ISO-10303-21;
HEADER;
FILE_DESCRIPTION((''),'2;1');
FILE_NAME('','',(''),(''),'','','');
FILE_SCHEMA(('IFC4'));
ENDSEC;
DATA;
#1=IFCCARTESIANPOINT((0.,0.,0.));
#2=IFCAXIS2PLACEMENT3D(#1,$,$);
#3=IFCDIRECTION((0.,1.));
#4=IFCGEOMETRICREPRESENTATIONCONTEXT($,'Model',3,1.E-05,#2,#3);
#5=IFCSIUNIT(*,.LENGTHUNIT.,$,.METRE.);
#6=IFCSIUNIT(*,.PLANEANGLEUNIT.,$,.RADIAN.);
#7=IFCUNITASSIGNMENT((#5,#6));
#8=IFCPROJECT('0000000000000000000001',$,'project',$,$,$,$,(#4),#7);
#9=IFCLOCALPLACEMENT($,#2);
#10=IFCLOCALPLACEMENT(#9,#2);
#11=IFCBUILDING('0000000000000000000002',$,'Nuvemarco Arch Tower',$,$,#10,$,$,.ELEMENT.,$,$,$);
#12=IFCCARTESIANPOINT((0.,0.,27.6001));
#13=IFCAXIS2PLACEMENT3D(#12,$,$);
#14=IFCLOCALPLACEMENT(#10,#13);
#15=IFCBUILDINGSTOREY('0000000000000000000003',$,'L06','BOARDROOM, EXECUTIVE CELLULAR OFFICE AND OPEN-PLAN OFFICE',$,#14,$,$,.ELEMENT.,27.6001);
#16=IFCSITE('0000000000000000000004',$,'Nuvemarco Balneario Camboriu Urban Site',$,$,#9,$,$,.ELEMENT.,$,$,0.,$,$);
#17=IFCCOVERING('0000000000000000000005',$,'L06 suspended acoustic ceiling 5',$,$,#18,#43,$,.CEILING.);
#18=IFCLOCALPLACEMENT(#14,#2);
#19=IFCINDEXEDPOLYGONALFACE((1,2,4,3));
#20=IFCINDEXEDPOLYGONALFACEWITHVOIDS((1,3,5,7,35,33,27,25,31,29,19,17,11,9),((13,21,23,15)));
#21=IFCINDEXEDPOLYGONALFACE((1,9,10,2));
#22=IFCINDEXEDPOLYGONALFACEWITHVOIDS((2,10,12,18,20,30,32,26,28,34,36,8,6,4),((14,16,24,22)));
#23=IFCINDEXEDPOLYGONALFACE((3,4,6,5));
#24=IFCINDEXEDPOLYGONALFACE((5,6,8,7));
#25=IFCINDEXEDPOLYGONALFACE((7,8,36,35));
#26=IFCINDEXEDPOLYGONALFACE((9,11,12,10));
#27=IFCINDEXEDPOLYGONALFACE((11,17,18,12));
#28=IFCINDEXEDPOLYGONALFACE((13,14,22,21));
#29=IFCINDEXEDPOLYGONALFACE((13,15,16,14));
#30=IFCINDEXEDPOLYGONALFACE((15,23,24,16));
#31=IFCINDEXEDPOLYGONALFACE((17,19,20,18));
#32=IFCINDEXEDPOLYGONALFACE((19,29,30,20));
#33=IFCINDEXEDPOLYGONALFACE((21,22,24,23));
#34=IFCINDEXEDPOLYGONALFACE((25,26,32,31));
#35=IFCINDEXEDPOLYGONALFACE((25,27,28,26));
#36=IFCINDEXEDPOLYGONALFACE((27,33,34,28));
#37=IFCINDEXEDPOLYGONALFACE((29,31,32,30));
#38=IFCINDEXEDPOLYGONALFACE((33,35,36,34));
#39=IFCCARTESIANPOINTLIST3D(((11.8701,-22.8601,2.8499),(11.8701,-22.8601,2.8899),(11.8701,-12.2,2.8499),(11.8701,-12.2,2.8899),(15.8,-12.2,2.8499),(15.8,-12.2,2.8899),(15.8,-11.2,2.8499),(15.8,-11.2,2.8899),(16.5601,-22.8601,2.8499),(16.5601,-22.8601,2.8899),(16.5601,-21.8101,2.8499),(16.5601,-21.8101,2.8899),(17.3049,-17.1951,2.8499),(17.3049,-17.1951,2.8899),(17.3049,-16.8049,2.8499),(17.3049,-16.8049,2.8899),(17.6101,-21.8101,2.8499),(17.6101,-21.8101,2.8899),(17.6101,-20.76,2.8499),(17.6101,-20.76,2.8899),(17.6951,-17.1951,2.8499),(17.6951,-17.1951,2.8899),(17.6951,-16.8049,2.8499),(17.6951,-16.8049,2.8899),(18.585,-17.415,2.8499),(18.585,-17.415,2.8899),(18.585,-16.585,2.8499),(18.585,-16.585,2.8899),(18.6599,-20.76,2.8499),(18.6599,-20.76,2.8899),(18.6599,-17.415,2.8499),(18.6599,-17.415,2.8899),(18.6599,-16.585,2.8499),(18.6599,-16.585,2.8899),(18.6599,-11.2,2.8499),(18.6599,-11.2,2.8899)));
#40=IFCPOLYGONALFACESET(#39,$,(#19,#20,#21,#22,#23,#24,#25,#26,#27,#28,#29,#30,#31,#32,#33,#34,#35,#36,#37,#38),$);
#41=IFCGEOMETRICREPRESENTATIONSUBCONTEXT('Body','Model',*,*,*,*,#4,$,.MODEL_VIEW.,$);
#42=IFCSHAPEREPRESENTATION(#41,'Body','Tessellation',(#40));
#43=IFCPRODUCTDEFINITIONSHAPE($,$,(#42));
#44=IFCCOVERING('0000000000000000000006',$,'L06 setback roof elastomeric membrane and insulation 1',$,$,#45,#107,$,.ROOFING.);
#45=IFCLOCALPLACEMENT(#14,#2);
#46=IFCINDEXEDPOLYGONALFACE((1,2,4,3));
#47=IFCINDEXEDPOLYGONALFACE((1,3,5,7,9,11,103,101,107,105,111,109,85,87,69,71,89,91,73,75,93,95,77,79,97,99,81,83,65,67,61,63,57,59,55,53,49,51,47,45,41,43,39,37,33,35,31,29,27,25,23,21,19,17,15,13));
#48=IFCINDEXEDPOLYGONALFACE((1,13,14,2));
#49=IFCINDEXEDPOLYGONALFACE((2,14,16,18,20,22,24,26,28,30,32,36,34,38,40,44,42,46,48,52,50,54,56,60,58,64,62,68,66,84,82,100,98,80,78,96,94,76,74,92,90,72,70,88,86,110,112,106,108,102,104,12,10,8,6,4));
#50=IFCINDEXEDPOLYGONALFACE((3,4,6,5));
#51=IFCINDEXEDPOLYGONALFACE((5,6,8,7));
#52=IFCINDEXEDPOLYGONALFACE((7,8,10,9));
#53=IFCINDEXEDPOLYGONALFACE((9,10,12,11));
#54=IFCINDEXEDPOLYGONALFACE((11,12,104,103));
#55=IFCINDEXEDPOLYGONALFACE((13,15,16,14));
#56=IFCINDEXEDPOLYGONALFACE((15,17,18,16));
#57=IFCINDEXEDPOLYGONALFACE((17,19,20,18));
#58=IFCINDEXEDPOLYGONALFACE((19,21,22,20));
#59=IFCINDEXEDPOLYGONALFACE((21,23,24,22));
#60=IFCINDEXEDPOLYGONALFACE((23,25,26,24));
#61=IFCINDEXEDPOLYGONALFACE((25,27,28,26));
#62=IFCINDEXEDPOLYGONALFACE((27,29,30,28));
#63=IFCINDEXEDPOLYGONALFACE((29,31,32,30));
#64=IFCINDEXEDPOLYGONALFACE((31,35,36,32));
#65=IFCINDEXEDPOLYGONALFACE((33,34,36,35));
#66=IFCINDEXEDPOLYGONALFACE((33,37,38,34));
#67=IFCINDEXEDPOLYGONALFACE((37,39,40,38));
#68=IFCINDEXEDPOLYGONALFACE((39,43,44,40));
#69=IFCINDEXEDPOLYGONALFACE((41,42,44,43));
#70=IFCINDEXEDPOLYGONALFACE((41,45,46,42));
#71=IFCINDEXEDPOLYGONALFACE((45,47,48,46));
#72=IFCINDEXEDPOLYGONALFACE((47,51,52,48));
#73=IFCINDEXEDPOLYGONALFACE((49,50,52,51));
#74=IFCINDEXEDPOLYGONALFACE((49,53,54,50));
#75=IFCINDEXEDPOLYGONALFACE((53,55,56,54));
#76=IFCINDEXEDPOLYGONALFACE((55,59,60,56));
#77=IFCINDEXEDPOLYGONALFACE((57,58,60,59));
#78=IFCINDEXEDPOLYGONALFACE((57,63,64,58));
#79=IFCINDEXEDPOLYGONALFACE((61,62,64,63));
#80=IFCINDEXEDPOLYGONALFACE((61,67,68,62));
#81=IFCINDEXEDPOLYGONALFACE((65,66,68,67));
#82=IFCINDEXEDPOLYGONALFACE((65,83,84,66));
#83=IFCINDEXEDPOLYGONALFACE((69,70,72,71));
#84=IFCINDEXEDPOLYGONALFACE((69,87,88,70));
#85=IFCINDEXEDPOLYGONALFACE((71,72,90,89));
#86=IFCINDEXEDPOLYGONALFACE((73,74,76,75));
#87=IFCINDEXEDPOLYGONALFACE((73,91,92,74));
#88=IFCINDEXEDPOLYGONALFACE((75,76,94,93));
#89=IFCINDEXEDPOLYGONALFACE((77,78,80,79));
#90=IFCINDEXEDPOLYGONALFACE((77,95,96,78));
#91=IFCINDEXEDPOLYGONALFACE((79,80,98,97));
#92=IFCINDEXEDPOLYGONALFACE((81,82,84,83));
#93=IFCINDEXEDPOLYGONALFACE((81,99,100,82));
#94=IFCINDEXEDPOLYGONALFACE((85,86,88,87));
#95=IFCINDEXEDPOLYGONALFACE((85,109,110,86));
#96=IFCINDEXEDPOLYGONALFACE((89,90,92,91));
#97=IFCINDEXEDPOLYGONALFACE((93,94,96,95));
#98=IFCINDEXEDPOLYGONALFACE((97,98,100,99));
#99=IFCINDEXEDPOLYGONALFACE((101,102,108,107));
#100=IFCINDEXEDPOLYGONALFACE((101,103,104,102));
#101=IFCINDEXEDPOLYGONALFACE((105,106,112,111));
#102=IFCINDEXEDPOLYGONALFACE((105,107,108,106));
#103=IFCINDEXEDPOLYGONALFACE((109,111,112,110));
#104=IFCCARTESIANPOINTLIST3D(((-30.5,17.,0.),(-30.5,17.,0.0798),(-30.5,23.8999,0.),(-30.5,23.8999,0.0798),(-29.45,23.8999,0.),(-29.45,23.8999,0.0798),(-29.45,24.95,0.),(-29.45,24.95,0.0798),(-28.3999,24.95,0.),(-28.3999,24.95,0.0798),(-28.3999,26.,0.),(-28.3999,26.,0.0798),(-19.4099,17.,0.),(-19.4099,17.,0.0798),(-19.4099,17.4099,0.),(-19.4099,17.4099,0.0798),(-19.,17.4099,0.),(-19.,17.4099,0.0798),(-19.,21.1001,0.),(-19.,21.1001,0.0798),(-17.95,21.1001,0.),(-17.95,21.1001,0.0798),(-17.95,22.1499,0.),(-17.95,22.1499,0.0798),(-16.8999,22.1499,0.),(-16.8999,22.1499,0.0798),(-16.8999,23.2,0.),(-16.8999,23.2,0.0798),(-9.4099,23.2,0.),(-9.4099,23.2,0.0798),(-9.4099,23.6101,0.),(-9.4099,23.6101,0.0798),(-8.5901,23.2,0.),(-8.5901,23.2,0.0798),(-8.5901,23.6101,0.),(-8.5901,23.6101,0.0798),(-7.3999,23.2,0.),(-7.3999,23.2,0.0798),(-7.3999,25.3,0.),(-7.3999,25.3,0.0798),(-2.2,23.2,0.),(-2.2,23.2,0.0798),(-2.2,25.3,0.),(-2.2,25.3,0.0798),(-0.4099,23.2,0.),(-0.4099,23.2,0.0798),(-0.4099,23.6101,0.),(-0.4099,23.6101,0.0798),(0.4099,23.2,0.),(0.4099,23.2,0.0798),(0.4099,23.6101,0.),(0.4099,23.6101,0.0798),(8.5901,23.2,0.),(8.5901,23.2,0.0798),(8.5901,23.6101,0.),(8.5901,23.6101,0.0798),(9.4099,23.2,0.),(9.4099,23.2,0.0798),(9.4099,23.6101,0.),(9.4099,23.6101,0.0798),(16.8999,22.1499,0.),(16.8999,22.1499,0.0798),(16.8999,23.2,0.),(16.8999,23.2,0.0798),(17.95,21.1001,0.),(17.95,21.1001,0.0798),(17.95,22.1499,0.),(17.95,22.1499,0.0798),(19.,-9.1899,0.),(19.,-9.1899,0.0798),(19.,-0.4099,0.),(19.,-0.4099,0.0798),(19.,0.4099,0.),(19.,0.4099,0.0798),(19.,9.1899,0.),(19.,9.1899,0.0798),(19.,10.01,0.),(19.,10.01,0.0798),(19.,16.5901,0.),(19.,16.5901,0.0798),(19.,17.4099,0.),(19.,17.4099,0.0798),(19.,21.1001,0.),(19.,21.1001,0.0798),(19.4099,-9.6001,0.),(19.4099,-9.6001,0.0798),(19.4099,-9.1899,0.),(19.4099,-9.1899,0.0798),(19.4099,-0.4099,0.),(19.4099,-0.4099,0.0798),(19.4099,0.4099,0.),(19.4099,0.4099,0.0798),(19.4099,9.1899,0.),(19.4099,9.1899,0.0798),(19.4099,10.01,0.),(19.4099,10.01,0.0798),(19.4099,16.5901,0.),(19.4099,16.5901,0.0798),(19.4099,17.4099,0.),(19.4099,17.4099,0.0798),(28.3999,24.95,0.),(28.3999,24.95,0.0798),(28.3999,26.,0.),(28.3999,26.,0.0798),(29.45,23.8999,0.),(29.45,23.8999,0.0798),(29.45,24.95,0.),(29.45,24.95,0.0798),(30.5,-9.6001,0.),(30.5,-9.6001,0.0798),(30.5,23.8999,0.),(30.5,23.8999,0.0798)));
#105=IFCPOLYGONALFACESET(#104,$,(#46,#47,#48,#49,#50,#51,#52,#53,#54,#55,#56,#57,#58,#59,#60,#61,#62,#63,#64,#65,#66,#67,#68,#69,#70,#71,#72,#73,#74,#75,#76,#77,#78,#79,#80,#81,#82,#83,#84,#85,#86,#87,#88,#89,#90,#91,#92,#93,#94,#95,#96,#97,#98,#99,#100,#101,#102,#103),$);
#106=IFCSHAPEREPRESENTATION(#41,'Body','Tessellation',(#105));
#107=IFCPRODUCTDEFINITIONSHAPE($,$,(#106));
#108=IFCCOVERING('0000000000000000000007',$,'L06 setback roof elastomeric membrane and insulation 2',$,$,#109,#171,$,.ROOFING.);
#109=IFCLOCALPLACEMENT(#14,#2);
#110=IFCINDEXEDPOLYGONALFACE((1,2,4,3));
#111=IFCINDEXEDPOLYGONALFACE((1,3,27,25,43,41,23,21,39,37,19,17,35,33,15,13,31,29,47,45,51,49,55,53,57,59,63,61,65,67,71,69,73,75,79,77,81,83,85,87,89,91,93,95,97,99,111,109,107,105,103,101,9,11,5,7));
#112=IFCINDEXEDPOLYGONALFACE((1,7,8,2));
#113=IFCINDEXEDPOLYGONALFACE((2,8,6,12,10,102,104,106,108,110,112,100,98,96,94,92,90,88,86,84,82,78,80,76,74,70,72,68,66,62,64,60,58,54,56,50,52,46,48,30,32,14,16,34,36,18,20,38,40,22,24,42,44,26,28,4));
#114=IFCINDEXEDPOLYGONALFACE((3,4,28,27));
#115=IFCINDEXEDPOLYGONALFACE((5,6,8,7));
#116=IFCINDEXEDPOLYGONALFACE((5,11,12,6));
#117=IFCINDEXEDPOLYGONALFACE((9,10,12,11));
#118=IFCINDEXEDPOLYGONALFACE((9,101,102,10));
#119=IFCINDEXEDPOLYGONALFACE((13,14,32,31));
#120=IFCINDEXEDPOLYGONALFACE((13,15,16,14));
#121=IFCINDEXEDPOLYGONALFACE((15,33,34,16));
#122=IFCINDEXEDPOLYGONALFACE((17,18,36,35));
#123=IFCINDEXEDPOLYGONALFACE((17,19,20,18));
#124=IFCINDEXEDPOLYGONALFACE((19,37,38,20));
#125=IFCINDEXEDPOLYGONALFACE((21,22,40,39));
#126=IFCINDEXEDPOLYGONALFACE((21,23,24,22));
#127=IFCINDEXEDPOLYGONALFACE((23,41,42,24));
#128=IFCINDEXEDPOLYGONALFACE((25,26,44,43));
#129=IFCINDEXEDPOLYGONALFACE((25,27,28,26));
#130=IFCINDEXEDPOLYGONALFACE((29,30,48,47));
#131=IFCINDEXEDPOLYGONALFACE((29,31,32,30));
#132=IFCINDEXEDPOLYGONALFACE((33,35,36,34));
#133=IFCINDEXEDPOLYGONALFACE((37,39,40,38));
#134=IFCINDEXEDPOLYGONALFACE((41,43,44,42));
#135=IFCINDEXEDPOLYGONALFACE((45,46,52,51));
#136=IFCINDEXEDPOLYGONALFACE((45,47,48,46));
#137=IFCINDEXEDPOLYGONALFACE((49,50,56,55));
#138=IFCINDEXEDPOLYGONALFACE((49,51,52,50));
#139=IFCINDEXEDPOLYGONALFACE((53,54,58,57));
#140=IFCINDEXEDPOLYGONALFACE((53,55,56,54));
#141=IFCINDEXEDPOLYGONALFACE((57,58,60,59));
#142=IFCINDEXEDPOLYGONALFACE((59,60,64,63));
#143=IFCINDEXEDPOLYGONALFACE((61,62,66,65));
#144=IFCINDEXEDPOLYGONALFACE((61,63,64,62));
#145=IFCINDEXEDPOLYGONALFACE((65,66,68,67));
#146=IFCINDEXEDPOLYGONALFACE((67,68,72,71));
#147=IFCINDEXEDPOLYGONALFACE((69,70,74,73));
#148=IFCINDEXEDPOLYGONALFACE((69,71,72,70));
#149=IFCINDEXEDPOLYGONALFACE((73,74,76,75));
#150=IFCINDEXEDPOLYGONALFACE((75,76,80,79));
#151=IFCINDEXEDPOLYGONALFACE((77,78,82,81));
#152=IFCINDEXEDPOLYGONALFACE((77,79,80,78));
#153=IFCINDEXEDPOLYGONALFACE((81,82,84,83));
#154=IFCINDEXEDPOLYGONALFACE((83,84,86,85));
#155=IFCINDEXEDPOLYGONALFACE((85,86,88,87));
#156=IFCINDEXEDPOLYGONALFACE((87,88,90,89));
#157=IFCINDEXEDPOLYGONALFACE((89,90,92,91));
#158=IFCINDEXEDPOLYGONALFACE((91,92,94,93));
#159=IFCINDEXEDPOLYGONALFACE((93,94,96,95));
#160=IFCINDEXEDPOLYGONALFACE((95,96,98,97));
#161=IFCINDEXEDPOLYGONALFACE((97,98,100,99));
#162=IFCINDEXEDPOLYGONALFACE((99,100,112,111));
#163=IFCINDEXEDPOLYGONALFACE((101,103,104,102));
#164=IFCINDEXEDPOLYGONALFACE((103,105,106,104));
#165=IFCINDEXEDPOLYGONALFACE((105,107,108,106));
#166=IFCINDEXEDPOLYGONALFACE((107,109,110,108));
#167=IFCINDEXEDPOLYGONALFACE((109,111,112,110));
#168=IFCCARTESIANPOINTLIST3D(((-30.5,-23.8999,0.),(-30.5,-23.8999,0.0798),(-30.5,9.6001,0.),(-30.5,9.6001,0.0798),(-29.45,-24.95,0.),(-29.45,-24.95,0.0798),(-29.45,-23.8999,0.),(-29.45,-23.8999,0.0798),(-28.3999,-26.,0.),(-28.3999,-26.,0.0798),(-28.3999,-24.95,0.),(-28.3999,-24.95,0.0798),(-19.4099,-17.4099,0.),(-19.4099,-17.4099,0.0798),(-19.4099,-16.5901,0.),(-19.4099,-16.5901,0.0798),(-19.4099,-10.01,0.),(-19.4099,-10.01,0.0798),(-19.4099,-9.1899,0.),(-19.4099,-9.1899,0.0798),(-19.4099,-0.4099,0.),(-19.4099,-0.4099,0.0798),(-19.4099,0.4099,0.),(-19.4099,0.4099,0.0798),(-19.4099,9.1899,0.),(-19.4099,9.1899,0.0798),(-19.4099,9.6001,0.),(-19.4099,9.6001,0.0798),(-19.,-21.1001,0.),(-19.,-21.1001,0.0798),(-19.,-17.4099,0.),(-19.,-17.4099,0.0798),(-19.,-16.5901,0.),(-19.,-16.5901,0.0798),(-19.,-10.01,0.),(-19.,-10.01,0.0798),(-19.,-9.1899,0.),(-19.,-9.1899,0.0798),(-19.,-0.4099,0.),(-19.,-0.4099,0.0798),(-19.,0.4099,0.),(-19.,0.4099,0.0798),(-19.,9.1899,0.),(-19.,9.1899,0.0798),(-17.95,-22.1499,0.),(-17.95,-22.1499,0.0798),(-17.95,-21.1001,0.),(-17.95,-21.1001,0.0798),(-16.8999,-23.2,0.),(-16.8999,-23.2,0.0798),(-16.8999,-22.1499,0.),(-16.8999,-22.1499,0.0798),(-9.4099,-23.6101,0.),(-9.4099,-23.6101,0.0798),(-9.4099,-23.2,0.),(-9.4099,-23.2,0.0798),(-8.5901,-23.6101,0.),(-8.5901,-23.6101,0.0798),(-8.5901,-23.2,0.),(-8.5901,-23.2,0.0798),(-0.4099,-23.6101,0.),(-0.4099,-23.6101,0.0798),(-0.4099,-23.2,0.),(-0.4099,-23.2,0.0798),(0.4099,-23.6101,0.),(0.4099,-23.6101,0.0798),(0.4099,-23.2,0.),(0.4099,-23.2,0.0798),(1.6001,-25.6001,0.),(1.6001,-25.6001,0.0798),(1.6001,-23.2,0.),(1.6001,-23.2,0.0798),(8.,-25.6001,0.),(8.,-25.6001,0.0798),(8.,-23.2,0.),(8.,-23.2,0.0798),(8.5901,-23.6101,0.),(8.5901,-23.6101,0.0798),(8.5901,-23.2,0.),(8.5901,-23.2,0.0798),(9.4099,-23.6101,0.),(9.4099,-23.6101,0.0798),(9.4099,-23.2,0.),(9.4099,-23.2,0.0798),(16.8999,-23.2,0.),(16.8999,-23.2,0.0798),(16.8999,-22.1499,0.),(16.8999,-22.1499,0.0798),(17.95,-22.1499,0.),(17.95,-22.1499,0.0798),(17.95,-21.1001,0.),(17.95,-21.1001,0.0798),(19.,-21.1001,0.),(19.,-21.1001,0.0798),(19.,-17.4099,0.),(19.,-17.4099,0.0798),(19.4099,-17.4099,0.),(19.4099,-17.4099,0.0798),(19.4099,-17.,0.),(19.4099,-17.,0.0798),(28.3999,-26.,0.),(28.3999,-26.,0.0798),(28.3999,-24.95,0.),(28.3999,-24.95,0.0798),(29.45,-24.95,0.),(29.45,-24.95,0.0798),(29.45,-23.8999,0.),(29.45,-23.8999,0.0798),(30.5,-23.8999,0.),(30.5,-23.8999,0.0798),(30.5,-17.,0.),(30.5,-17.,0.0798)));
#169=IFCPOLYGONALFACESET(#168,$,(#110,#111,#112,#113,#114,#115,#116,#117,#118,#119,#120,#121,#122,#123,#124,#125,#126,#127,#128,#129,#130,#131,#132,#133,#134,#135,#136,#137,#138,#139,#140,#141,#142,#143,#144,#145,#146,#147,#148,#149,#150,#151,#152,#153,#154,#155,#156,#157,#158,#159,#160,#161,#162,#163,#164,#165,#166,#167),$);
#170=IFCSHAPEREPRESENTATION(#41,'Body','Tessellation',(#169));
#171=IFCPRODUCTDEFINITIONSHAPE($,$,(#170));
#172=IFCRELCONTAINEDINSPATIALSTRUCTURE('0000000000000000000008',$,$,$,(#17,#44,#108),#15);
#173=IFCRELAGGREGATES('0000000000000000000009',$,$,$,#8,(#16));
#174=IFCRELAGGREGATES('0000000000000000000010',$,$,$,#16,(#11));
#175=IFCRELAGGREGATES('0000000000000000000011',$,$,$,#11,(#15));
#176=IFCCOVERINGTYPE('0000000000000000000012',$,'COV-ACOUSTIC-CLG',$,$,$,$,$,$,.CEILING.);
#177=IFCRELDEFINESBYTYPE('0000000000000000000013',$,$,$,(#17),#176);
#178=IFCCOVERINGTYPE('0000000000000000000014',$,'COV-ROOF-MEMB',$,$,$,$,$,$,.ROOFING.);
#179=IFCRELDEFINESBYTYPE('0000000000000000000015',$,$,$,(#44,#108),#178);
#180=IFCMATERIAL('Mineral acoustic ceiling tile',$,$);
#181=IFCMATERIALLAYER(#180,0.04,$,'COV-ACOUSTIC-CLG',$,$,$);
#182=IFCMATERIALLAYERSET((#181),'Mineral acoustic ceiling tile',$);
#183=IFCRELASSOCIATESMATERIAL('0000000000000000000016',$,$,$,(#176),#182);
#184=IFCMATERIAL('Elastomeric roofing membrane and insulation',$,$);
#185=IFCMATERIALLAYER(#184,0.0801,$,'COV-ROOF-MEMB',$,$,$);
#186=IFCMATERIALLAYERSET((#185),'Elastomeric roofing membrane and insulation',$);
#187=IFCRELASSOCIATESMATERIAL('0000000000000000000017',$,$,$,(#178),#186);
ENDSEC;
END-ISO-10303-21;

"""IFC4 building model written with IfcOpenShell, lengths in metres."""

from ifc_helpers import new_model, si_unit, direction, frame, origin, place, context, subcontext, project, spatial, polyline, outline, extrude, material, layer, layer_set, type_object, element, save


model = new_model("IFC4")

# Units and contexts
model_context = context("Model", 3, precision=1e-05, world=origin(), true_north=direction((0.0, 1.0)))
body_context = subcontext(model_context, "Body", "Model", "MODEL_VIEW")
ifc_project = project(units=[si_unit("LENGTHUNIT", "METRE"), si_unit("PLANEANGLEUNIT", "RADIAN")], contexts=[model_context])

# Site, building, storey
site_placement = place(None, origin())
site = spatial("IfcSite", under=ifc_project, at=site_placement, Name="Nuvemarco Balneario Camboriu Urban Site", CompositionType="ELEMENT", RefElevation=0.0)
building_placement = place(site_placement, origin())
building = spatial("IfcBuilding", under=site, at=building_placement, Name="Nuvemarco Arch Tower", CompositionType="ELEMENT")
storey_placement = place(building_placement, frame((0.0, 0.0, 27.6001)))
storey = spatial("IfcBuildingStorey", under=building, at=storey_placement, Name="L06", Description="BOARDROOM, EXECUTIVE CELLULAR OFFICE AND OPEN-PLAN OFFICE", CompositionType="ELEMENT", Elevation=27.6001)

# Coverings
ifc_material_1 = material(Name="Mineral acoustic ceiling tile")
ifc_layer_1 = layer(ifc_material_1, 0.04, Name="COV-ACOUSTIC-CLG")
ifc_layer_set_1 = layer_set([ifc_layer_1], Name="Mineral acoustic ceiling tile")
covering_type_1 = type_object("IfcCoveringType", Name="COV-ACOUSTIC-CLG", PredefinedType="CEILING", material=ifc_layer_set_1)
covering_1_placement = place(storey_placement, frame((0.0, 0.0, 2.8499)))
element("IfcCovering", 1, at=covering_1_placement, inside=storey, type_object=covering_type_1, Name="L06 suspended acoustic ceiling 5", PredefinedType="CEILING", context=body_context, shape_type="SweptSolid", body=[
    extrude(outline(polyline([(16.5601, -22.8601), (11.8701, -22.8601), (11.8701, -12.2), (15.8, -12.2), (15.8, -11.2), (18.6599, -11.2), (18.6599, -16.585), (18.585, -16.585), (18.585, -17.415), (18.6599, -17.415), (18.6599, -20.76), (17.6101, -20.76), (17.6101, -21.8101), (16.5601, -21.8101), (16.5601, -22.8601)]), holes=[polyline([(17.6951, -17.1951), (17.6951, -16.8049), (17.3049, -16.8049), (17.3049, -17.1951), (17.6951, -17.1951)])]), origin(), (0.0, 0.0, 1.0), 0.04),
])
ifc_material_2 = material(Name="Elastomeric roofing membrane and insulation")
ifc_layer_2 = layer(ifc_material_2, 0.0801, Name="COV-ROOF-MEMB")
ifc_layer_set_2 = layer_set([ifc_layer_2], Name="Elastomeric roofing membrane and insulation")
covering_type_2 = type_object("IfcCoveringType", Name="COV-ROOF-MEMB", PredefinedType="ROOFING", material=ifc_layer_set_2)
covering_2_placement = place(storey_placement, origin())
element("IfcCovering", 2, at=covering_2_placement, inside=storey, type_object=covering_type_2, Name="L06 setback roof elastomeric membrane and insulation 1", PredefinedType="ROOFING", context=body_context, shape_type="SweptSolid", body=[
    extrude(outline(polyline([(-30.5, 23.8999), (-29.45, 23.8999), (-29.45, 24.95), (-28.3999, 24.95), (-28.3999, 26.0), (28.3999, 26.0), (28.3999, 24.95), (29.45, 24.95), (29.45, 23.8999), (30.5, 23.8999), (30.5, -9.6001), (19.4099, -9.6001), (19.4099, -9.1899), (19.0, -9.1899), (19.0, -0.4099), (19.4099, -0.4099), (19.4099, 0.4099), (19.0, 0.4099), (19.0, 9.1899), (19.4099, 9.1899), (19.4099, 10.01), (19.0, 10.01), (19.0, 16.5901), (19.4099, 16.5901), (19.4099, 17.4099), (19.0, 17.4099), (19.0, 21.1001), (17.95, 21.1001), (17.95, 22.1499), (16.8999, 22.1499), (16.8999, 23.2), (9.4099, 23.2), (9.4099, 23.6101), (8.5901, 23.6101), (8.5901, 23.2), (0.4099, 23.2), (0.4099, 23.6101), (-0.4099, 23.6101), (-0.4099, 23.2), (-2.2, 23.2), (-2.2, 25.3), (-7.3999, 25.3), (-7.3999, 23.2), (-8.5901, 23.2), (-8.5901, 23.6101), (-9.4099, 23.6101), (-9.4099, 23.2), (-16.8999, 23.2), (-16.8999, 22.1499), (-17.95, 22.1499), (-17.95, 21.1001), (-19.0, 21.1001), (-19.0, 17.4099), (-19.4099, 17.4099), (-19.4099, 17.0), (-30.5, 17.0), (-30.5, 23.8999)])), origin(), (0.0, 0.0, 1.0), 0.0798),
])
covering_3_placement = place(storey_placement, origin())
element("IfcCovering", 3, at=covering_3_placement, inside=storey, type_object=covering_type_2, Name="L06 setback roof elastomeric membrane and insulation 2", PredefinedType="ROOFING", context=body_context, shape_type="SweptSolid", body=[
    extrude(outline(polyline([(30.5, -23.8999), (29.45, -23.8999), (29.45, -24.95), (28.3999, -24.95), (28.3999, -26.0), (-28.3999, -26.0), (-28.3999, -24.95), (-29.45, -24.95), (-29.45, -23.8999), (-30.5, -23.8999), (-30.5, 9.6001), (-19.4099, 9.6001), (-19.4099, 9.1899), (-19.0, 9.1899), (-19.0, 0.4099), (-19.4099, 0.4099), (-19.4099, -0.4099), (-19.0, -0.4099), (-19.0, -9.1899), (-19.4099, -9.1899), (-19.4099, -10.01), (-19.0, -10.01), (-19.0, -16.5901), (-19.4099, -16.5901), (-19.4099, -17.4099), (-19.0, -17.4099), (-19.0, -21.1001), (-17.95, -21.1001), (-17.95, -22.1499), (-16.8999, -22.1499), (-16.8999, -23.2), (-9.4099, -23.2), (-9.4099, -23.6101), (-8.5901, -23.6101), (-8.5901, -23.2), (-0.4099, -23.2), (-0.4099, -23.6101), (0.4099, -23.6101), (0.4099, -23.2), (1.6001, -23.2), (1.6001, -25.6001), (8.0, -25.6001), (8.0, -23.2), (8.5901, -23.2), (8.5901, -23.6101), (9.4099, -23.6101), (9.4099, -23.2), (16.8999, -23.2), (16.8999, -22.1499), (17.95, -22.1499), (17.95, -21.1001), (19.0, -21.1001), (19.0, -17.4099), (19.4099, -17.4099), (19.4099, -17.0), (30.5, -17.0), (30.5, -23.8999)])), origin(), (0.0, 0.0, 1.0), 0.0798),
])

save(model, "model.ifc")
